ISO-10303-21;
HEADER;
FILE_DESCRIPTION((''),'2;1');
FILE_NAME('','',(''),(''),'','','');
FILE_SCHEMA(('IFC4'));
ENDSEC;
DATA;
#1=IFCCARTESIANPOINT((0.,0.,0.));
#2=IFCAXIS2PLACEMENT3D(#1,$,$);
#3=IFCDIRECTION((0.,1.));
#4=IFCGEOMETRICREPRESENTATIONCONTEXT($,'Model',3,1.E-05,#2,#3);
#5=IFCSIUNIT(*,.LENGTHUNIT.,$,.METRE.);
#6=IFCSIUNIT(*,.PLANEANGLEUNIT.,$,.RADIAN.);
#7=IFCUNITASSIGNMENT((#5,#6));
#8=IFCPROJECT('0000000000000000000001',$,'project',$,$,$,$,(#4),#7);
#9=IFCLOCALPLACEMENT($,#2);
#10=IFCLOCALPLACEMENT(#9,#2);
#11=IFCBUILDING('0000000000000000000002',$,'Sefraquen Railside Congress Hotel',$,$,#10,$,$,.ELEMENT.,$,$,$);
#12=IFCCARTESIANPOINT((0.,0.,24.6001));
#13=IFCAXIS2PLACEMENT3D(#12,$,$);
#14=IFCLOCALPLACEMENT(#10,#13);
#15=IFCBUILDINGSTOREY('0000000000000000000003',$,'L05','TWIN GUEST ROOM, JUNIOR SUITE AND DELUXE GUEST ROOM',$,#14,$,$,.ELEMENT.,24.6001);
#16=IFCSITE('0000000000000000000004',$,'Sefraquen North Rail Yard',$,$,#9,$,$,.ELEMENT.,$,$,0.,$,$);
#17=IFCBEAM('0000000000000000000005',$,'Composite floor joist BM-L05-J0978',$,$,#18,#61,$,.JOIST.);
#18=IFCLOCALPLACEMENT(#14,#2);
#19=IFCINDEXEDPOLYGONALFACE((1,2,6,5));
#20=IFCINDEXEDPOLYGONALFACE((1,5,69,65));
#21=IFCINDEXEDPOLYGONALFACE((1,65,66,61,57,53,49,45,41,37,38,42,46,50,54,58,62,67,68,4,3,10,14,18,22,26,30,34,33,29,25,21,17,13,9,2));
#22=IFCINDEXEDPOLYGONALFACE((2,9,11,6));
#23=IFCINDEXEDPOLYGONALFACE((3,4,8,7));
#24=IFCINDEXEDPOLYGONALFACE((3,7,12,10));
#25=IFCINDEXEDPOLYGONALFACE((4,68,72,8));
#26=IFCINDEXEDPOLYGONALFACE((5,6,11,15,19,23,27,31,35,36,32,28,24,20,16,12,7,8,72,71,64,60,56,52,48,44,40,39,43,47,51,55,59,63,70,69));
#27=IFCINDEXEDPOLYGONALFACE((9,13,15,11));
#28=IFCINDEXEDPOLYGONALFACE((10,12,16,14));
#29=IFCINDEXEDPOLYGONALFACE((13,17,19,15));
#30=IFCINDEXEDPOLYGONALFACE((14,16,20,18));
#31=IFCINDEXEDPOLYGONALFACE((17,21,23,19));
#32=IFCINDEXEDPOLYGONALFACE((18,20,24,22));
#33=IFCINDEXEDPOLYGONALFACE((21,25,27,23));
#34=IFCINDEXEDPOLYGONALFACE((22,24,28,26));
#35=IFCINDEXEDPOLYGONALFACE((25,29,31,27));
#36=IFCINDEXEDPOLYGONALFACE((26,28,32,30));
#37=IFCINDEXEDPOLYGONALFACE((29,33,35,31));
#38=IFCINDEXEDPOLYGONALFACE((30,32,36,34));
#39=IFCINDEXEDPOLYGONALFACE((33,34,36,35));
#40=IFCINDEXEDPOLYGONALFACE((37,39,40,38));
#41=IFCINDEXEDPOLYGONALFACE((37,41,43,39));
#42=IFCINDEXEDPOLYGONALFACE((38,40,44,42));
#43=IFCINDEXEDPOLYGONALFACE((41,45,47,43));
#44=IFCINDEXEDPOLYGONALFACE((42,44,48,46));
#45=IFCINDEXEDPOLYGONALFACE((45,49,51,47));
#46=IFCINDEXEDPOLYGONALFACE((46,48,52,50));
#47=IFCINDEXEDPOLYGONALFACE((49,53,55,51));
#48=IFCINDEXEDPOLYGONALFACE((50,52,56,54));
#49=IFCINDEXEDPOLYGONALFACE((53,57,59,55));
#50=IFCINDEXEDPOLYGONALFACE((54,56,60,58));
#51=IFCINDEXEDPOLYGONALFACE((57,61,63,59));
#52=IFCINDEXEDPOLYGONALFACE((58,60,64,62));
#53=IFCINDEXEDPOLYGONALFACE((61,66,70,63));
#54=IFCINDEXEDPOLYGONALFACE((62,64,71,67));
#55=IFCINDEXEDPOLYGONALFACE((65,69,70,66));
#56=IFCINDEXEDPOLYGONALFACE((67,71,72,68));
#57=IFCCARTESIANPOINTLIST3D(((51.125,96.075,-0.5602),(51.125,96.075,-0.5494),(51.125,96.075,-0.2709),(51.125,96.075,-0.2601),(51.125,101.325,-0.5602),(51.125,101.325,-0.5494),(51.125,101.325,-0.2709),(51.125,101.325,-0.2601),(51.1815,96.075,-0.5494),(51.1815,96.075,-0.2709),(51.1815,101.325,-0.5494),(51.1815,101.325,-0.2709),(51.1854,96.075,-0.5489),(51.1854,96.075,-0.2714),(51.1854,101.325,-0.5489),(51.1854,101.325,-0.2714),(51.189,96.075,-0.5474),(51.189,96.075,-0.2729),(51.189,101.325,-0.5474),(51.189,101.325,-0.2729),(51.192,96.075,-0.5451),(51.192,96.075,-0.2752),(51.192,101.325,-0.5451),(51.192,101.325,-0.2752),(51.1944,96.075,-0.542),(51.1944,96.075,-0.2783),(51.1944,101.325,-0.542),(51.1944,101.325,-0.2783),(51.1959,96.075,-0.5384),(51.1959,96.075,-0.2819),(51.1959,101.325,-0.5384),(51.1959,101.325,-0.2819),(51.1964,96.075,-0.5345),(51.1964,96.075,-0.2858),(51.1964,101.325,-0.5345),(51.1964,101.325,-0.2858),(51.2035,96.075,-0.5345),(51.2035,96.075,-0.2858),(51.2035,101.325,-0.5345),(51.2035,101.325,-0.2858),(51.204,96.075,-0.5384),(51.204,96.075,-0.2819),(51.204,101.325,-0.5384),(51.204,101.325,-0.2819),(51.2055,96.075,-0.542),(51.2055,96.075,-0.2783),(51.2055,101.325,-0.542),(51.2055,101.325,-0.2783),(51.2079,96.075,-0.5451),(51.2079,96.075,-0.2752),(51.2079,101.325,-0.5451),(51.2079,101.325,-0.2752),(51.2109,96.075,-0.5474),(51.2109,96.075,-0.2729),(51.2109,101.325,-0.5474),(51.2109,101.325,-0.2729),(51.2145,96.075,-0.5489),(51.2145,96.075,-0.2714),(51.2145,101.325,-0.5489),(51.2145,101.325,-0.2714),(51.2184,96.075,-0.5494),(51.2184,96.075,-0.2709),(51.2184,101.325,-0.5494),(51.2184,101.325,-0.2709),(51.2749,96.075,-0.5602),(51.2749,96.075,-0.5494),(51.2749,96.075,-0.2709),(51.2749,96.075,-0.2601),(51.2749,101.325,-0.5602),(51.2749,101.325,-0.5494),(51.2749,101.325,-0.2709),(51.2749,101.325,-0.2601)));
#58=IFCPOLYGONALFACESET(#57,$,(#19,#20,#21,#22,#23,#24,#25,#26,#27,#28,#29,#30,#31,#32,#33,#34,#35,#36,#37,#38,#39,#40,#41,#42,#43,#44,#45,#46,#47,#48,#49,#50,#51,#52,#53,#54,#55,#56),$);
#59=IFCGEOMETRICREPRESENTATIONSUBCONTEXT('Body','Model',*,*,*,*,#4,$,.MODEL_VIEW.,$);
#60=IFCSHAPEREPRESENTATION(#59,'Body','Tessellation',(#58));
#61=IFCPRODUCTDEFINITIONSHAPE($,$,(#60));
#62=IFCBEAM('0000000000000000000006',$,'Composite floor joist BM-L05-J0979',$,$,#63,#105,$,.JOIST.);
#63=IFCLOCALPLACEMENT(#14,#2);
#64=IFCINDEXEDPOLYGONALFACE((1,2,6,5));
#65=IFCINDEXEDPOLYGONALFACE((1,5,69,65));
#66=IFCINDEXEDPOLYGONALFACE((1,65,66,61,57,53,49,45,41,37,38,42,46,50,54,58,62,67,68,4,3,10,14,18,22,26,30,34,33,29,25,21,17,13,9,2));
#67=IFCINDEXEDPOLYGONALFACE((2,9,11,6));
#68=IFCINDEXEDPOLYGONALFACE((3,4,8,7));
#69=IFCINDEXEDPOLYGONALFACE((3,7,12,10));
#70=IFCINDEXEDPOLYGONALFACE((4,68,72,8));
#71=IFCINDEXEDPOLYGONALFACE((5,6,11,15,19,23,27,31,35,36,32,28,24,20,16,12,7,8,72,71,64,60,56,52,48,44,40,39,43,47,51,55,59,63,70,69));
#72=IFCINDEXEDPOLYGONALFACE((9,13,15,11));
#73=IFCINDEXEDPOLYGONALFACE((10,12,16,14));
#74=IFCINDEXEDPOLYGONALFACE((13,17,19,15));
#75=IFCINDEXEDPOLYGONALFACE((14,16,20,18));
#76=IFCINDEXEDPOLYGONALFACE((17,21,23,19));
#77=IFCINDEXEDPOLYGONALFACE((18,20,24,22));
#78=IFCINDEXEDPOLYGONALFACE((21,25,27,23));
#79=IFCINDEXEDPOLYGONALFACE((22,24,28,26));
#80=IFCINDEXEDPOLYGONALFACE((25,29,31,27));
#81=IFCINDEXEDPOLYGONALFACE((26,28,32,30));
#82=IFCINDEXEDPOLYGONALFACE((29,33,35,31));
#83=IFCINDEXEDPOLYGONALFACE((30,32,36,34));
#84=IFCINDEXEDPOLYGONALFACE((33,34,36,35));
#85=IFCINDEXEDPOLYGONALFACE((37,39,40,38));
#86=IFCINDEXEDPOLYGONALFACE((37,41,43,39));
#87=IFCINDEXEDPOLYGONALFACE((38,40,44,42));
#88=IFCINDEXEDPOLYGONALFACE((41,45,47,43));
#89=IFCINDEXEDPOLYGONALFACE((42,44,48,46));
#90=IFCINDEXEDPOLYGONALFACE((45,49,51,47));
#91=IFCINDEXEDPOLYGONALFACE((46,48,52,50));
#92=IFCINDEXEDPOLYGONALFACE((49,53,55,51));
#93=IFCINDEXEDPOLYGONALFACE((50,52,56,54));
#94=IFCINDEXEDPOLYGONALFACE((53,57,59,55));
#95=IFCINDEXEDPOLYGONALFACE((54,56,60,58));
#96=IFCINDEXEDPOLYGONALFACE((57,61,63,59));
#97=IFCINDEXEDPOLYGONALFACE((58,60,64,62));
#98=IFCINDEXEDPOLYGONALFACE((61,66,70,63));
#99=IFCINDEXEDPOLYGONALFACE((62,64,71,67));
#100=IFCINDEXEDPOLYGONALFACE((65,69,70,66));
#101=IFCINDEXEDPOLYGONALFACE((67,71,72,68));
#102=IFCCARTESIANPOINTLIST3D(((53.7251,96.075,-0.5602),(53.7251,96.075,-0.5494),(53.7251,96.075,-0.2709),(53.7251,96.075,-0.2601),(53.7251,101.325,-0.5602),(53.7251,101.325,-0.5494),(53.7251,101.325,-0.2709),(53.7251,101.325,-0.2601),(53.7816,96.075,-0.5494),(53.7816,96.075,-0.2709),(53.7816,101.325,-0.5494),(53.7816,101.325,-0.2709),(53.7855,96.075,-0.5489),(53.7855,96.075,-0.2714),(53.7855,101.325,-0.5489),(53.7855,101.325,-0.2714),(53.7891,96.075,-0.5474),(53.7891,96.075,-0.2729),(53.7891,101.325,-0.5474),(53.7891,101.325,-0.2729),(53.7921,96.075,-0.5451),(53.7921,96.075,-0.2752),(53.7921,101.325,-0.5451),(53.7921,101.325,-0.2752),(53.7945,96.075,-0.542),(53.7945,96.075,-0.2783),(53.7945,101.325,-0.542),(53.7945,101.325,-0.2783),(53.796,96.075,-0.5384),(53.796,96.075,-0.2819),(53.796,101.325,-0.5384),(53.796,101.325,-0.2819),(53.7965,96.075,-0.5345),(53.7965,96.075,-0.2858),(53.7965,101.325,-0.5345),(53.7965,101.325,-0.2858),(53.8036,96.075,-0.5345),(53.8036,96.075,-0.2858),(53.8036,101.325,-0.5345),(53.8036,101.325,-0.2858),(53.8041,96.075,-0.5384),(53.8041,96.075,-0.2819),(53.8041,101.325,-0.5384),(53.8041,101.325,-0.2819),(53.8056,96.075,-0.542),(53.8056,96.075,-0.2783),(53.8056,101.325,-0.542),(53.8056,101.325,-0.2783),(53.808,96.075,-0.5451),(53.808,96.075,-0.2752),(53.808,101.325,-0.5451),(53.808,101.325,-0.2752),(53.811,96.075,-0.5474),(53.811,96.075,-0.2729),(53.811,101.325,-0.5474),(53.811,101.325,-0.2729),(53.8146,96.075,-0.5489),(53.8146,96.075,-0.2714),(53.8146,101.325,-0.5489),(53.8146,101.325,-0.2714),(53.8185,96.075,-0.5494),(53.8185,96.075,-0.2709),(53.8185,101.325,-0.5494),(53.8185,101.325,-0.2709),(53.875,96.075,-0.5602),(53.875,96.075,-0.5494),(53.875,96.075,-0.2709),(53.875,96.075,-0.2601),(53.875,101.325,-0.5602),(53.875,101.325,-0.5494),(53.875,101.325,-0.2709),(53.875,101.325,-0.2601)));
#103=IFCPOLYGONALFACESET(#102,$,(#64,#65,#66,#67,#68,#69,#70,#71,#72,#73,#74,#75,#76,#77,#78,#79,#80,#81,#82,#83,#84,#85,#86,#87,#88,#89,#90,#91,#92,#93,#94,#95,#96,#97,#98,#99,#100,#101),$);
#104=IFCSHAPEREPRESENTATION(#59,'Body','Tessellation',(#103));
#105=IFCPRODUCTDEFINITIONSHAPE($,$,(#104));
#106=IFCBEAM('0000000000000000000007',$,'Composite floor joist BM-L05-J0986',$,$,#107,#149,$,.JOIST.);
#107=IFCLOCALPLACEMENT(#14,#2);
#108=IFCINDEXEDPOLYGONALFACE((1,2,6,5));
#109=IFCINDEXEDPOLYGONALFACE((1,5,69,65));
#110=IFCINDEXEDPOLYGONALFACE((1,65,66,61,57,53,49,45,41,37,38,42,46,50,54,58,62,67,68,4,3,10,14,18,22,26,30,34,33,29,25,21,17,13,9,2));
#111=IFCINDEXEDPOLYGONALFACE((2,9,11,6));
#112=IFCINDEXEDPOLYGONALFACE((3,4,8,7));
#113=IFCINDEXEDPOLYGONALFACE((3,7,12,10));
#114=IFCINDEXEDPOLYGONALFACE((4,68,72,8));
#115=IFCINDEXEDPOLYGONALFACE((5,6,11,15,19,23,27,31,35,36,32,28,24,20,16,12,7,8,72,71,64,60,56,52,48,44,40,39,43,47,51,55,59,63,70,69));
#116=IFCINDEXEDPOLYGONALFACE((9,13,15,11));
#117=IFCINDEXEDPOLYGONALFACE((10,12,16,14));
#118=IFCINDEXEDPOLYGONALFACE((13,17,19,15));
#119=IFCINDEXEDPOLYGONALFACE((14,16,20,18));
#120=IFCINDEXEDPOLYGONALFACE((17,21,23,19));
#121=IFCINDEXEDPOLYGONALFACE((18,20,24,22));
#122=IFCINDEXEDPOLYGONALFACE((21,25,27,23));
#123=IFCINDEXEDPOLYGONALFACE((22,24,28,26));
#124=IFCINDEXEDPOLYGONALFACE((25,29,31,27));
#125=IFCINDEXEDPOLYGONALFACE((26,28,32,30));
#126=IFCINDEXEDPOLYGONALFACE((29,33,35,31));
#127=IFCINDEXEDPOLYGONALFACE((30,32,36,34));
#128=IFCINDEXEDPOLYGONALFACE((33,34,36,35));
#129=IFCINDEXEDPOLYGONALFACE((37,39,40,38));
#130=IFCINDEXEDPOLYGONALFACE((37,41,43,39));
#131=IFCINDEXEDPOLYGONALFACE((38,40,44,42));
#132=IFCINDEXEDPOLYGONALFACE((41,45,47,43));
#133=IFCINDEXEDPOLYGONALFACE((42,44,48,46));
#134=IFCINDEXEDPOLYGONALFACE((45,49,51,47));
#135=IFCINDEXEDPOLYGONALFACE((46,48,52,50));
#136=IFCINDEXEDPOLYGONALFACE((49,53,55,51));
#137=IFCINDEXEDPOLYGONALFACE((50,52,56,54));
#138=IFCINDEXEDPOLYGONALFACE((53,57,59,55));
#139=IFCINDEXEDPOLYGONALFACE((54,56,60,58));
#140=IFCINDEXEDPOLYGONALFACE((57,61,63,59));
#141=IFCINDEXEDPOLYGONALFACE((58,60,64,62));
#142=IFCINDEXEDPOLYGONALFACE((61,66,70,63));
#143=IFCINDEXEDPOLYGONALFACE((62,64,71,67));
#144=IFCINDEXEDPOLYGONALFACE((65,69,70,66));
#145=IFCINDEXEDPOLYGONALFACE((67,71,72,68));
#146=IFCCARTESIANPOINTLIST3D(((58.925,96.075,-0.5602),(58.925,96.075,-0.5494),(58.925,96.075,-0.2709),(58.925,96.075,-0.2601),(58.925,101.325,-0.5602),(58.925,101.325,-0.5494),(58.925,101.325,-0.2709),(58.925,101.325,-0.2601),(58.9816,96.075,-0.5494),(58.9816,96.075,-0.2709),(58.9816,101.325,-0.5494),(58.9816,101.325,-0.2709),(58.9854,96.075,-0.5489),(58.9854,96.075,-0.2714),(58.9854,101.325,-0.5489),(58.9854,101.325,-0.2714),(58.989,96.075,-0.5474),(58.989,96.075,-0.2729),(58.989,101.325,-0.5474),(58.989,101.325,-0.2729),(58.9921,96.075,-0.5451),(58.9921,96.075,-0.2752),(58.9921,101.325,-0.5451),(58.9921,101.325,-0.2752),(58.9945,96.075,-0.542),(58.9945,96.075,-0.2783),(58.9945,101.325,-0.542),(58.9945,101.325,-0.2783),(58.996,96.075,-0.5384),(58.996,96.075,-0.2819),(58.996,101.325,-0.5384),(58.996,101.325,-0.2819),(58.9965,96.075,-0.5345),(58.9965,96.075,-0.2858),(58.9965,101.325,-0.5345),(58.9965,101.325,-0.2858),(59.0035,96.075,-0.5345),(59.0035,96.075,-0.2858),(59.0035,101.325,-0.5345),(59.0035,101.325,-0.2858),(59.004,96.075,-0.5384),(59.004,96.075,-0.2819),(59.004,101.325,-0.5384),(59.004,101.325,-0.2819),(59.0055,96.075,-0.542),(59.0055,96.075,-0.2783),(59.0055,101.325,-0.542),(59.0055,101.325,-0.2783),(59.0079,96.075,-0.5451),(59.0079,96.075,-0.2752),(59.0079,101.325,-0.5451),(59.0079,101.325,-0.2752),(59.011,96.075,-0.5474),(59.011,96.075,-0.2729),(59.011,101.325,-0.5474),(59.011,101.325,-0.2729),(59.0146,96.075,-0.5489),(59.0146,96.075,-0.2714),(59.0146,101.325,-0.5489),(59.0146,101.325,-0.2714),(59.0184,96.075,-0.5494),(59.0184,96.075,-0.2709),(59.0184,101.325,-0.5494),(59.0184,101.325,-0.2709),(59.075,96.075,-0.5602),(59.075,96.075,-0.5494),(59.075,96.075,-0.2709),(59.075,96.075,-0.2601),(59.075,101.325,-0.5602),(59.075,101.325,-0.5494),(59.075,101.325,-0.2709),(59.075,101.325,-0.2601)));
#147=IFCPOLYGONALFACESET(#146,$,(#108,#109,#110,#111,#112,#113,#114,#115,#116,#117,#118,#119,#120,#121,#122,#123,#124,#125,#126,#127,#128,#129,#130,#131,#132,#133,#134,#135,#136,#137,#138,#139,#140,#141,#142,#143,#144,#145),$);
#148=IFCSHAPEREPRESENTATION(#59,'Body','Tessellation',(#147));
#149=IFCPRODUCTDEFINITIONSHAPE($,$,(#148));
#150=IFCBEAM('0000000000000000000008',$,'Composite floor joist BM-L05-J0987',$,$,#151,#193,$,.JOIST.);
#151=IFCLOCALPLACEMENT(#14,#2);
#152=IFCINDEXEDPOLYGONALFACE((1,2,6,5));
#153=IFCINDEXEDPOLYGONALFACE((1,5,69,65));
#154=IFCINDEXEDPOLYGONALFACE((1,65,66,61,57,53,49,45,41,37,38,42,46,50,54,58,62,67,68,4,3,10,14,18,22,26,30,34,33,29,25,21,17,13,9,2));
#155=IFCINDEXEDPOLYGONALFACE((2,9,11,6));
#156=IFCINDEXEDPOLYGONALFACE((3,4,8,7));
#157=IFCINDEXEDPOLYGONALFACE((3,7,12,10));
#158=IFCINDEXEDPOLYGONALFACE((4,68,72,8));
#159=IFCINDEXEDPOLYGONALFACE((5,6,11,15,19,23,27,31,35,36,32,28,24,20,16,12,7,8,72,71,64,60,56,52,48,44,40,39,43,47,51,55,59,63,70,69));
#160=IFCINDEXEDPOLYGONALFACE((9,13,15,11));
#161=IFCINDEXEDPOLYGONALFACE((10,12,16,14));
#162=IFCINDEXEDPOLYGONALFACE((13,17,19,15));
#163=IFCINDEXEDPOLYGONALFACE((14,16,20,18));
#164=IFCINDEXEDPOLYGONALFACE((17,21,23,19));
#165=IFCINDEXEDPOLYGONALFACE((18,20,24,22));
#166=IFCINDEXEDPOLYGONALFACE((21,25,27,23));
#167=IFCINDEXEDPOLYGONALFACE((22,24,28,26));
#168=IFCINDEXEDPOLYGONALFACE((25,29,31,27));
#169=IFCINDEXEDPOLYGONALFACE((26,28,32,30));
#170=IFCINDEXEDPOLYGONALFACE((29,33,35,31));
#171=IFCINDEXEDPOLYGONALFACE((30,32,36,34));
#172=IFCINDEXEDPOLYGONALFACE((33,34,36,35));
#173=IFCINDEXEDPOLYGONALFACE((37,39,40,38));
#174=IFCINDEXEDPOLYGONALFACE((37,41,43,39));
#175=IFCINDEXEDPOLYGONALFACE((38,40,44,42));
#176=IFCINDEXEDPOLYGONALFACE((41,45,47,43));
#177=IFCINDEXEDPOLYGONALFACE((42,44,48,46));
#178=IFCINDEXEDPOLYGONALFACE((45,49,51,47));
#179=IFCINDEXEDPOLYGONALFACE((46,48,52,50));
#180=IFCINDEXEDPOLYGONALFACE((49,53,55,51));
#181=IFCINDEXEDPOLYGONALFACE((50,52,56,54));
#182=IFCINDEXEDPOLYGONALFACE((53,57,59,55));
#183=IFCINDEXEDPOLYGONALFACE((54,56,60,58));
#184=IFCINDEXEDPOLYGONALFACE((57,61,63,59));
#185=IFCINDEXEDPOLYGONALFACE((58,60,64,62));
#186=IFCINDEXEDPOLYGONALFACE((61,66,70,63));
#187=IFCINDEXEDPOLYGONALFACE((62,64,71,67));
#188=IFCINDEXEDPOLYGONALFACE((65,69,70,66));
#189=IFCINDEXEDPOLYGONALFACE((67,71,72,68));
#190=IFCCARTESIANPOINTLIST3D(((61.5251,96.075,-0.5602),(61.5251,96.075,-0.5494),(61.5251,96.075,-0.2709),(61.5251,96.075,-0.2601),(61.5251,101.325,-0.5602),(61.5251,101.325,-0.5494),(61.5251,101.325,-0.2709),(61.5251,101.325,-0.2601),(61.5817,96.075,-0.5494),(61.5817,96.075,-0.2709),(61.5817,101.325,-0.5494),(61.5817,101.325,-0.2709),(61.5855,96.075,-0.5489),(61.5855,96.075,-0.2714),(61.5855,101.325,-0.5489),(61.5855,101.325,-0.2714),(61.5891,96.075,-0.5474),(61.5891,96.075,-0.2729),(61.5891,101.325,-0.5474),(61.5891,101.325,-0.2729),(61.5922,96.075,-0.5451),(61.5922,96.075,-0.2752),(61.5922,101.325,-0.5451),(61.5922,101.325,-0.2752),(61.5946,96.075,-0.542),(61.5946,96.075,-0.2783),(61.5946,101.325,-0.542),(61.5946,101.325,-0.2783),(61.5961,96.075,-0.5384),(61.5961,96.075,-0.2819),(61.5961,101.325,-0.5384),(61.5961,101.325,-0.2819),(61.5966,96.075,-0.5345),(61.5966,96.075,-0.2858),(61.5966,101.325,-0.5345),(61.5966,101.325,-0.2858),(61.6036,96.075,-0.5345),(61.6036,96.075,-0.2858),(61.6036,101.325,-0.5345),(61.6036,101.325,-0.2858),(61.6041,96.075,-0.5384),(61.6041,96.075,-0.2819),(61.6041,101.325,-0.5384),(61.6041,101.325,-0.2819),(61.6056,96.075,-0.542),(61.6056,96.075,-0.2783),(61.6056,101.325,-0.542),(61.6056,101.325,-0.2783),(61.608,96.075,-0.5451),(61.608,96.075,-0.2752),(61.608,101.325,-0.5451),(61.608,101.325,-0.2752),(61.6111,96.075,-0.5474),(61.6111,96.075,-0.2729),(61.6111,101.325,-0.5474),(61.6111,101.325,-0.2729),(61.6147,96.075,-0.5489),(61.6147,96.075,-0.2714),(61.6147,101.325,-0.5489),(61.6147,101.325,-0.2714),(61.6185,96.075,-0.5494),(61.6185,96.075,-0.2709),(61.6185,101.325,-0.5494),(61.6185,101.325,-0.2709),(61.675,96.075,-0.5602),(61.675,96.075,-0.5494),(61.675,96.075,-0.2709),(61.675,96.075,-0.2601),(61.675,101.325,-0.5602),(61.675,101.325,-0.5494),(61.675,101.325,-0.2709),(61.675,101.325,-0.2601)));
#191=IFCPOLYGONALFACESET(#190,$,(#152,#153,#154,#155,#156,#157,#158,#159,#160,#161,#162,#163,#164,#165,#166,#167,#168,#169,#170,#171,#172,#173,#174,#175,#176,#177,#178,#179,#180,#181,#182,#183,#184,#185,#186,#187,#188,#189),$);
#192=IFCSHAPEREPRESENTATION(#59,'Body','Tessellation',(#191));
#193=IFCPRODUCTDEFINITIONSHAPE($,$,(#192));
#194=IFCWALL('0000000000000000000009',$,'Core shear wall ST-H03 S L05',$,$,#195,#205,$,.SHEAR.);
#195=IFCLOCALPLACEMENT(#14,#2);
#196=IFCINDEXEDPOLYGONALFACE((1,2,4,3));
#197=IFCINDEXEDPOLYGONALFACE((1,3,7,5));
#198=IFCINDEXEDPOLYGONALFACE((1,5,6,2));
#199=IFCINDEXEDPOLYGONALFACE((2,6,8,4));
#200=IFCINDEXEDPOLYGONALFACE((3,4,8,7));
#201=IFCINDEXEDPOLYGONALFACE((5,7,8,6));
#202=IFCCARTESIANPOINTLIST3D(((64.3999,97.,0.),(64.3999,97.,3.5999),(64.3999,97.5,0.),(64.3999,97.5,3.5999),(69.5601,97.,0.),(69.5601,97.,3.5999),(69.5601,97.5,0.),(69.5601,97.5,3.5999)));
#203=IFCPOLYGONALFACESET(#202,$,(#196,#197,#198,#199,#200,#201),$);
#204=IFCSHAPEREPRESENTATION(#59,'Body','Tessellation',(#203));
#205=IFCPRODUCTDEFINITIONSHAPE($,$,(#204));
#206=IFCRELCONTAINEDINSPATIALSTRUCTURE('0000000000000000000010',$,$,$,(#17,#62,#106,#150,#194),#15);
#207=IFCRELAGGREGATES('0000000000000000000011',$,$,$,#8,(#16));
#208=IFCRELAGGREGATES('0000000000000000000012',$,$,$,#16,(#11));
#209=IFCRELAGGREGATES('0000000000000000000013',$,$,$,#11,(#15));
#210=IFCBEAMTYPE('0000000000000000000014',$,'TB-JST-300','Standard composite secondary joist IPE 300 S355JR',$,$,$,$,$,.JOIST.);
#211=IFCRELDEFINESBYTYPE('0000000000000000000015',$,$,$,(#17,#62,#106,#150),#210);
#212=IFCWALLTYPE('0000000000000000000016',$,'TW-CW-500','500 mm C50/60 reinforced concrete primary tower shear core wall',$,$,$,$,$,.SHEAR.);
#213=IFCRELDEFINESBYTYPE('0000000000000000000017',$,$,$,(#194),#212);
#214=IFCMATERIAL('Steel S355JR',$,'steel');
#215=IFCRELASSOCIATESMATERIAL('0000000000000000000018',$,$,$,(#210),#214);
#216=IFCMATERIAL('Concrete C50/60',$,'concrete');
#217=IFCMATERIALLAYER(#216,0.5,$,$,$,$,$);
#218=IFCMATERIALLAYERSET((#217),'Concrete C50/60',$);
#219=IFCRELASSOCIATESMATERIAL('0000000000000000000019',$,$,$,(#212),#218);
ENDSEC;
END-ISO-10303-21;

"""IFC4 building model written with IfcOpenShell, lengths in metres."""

from ifc_helpers import new_model, si_unit, direction, frame, frame_2d, origin, origin_2d, place, context, subcontext, project, spatial, rectangle, i_section, extrude, material, layer, layer_set, material_profile, profile_set, type_object, element, save


model = new_model("IFC4")

# Units and contexts
model_context = context("Model", 3, precision=1e-05, world=origin(), true_north=direction((0.0, 1.0)))
body_context = subcontext(model_context, "Body", "Model", "MODEL_VIEW")
ifc_project = project(units=[si_unit("LENGTHUNIT", "METRE"), si_unit("PLANEANGLEUNIT", "RADIAN")], contexts=[model_context])

# Site, building, storey
site_placement = place(None, origin())
site = spatial("IfcSite", under=ifc_project, at=site_placement, Name="Sefraquen North Rail Yard", CompositionType="ELEMENT", RefElevation=0.0)
building_placement = place(site_placement, origin())
building = spatial("IfcBuilding", under=site, at=building_placement, Name="Sefraquen Railside Congress Hotel", CompositionType="ELEMENT")
storey_placement = place(building_placement, frame((0.0, 0.0, 24.6001)))
storey = spatial("IfcBuildingStorey", under=building, at=storey_placement, Name="L05", Description="TWIN GUEST ROOM, JUNIOR SUITE AND DELUXE GUEST ROOM", CompositionType="ELEMENT", Elevation=24.6001)

# Shared definitions
ifc_material_1 = material(Name="Steel S355JR", Category="steel")

# Beams
ifc_material_profile_1 = material_profile(ifc_material_1, i_section(OverallWidth=0.1499, OverallDepth=0.3, WebThickness=0.0071, FlangeThickness=0.0107, FilletRadius=0.0149, at=origin_2d()), Name="IPE 300")
ifc_profile_set_1 = profile_set([ifc_material_profile_1], Name="Steel S355JR")
beam_type_1 = type_object("IfcBeamType", Name="TB-JST-300", Description="Standard composite secondary joist IPE 300 S355JR", PredefinedType="JOIST", material=ifc_profile_set_1)
for number, where, z_axis, x_axis, name in (
    (1, (51.2, 96.075, -0.4102), (0.0, 1.0, 0.0), (-1.0, 0.0, 0.0), "Composite floor joist BM-L05-J0978"),
    (2, (53.8, 96.075, -0.4102), (0.0, 1.0, 0.0), (-1.0, 0.0, 0.0), "Composite floor joist BM-L05-J0979"),
    (3, (59.0, 96.075, -0.4102), (0.0, 1.0, 0.0), (-1.0, 0.0, 0.0), "Composite floor joist BM-L05-J0986"),
    (4, (61.6001, 96.075, -0.4102), (0.0, 1.0, 0.0), (-1.0, 0.0, 0.0), "Composite floor joist BM-L05-J0987"),
):
    element("IfcBeam", number, at=place(storey_placement, frame(where, z_axis=z_axis, x_axis=x_axis)), inside=storey, type_object=beam_type_1, Name=name, PredefinedType="JOIST", context=body_context, shape_type="SweptSolid", body=[
        extrude(i_section(OverallWidth=0.1499, OverallDepth=0.3, WebThickness=0.0071, FlangeThickness=0.0107, FilletRadius=0.0149, at=origin_2d()), origin(), (0.0, 0.0, 1.0), 5.25),
    ])

# Wall
ifc_material_2 = material(Name="Concrete C50/60", Category="concrete")
ifc_layer_1 = layer(ifc_material_2, 0.5)
ifc_layer_set_1 = layer_set([ifc_layer_1], Name="Concrete C50/60")
wall_type_1 = type_object("IfcWallType", Name="TW-CW-500", Description="500 mm C50/60 reinforced concrete primary tower shear core wall", PredefinedType="SHEAR", material=ifc_layer_set_1)
wall_1_placement = place(storey_placement, frame((64.3999, 97.25, 0.0), z_axis=(0.0, 0.0, 1.0), x_axis=(1.0, 0.0, 0.0)))
element("IfcWall", 5, at=wall_1_placement, inside=storey, type_object=wall_type_1, Name="Core shear wall ST-H03 S L05", PredefinedType="SHEAR", context=body_context, shape_type="SweptSolid", body=[
    extrude(rectangle(XDim=5.1602, YDim=0.5, at=frame_2d((2.5801, 0.0))), origin(), (0.0, 0.0, 1.0), 3.5999),
])

save(model, "model.ifc")
